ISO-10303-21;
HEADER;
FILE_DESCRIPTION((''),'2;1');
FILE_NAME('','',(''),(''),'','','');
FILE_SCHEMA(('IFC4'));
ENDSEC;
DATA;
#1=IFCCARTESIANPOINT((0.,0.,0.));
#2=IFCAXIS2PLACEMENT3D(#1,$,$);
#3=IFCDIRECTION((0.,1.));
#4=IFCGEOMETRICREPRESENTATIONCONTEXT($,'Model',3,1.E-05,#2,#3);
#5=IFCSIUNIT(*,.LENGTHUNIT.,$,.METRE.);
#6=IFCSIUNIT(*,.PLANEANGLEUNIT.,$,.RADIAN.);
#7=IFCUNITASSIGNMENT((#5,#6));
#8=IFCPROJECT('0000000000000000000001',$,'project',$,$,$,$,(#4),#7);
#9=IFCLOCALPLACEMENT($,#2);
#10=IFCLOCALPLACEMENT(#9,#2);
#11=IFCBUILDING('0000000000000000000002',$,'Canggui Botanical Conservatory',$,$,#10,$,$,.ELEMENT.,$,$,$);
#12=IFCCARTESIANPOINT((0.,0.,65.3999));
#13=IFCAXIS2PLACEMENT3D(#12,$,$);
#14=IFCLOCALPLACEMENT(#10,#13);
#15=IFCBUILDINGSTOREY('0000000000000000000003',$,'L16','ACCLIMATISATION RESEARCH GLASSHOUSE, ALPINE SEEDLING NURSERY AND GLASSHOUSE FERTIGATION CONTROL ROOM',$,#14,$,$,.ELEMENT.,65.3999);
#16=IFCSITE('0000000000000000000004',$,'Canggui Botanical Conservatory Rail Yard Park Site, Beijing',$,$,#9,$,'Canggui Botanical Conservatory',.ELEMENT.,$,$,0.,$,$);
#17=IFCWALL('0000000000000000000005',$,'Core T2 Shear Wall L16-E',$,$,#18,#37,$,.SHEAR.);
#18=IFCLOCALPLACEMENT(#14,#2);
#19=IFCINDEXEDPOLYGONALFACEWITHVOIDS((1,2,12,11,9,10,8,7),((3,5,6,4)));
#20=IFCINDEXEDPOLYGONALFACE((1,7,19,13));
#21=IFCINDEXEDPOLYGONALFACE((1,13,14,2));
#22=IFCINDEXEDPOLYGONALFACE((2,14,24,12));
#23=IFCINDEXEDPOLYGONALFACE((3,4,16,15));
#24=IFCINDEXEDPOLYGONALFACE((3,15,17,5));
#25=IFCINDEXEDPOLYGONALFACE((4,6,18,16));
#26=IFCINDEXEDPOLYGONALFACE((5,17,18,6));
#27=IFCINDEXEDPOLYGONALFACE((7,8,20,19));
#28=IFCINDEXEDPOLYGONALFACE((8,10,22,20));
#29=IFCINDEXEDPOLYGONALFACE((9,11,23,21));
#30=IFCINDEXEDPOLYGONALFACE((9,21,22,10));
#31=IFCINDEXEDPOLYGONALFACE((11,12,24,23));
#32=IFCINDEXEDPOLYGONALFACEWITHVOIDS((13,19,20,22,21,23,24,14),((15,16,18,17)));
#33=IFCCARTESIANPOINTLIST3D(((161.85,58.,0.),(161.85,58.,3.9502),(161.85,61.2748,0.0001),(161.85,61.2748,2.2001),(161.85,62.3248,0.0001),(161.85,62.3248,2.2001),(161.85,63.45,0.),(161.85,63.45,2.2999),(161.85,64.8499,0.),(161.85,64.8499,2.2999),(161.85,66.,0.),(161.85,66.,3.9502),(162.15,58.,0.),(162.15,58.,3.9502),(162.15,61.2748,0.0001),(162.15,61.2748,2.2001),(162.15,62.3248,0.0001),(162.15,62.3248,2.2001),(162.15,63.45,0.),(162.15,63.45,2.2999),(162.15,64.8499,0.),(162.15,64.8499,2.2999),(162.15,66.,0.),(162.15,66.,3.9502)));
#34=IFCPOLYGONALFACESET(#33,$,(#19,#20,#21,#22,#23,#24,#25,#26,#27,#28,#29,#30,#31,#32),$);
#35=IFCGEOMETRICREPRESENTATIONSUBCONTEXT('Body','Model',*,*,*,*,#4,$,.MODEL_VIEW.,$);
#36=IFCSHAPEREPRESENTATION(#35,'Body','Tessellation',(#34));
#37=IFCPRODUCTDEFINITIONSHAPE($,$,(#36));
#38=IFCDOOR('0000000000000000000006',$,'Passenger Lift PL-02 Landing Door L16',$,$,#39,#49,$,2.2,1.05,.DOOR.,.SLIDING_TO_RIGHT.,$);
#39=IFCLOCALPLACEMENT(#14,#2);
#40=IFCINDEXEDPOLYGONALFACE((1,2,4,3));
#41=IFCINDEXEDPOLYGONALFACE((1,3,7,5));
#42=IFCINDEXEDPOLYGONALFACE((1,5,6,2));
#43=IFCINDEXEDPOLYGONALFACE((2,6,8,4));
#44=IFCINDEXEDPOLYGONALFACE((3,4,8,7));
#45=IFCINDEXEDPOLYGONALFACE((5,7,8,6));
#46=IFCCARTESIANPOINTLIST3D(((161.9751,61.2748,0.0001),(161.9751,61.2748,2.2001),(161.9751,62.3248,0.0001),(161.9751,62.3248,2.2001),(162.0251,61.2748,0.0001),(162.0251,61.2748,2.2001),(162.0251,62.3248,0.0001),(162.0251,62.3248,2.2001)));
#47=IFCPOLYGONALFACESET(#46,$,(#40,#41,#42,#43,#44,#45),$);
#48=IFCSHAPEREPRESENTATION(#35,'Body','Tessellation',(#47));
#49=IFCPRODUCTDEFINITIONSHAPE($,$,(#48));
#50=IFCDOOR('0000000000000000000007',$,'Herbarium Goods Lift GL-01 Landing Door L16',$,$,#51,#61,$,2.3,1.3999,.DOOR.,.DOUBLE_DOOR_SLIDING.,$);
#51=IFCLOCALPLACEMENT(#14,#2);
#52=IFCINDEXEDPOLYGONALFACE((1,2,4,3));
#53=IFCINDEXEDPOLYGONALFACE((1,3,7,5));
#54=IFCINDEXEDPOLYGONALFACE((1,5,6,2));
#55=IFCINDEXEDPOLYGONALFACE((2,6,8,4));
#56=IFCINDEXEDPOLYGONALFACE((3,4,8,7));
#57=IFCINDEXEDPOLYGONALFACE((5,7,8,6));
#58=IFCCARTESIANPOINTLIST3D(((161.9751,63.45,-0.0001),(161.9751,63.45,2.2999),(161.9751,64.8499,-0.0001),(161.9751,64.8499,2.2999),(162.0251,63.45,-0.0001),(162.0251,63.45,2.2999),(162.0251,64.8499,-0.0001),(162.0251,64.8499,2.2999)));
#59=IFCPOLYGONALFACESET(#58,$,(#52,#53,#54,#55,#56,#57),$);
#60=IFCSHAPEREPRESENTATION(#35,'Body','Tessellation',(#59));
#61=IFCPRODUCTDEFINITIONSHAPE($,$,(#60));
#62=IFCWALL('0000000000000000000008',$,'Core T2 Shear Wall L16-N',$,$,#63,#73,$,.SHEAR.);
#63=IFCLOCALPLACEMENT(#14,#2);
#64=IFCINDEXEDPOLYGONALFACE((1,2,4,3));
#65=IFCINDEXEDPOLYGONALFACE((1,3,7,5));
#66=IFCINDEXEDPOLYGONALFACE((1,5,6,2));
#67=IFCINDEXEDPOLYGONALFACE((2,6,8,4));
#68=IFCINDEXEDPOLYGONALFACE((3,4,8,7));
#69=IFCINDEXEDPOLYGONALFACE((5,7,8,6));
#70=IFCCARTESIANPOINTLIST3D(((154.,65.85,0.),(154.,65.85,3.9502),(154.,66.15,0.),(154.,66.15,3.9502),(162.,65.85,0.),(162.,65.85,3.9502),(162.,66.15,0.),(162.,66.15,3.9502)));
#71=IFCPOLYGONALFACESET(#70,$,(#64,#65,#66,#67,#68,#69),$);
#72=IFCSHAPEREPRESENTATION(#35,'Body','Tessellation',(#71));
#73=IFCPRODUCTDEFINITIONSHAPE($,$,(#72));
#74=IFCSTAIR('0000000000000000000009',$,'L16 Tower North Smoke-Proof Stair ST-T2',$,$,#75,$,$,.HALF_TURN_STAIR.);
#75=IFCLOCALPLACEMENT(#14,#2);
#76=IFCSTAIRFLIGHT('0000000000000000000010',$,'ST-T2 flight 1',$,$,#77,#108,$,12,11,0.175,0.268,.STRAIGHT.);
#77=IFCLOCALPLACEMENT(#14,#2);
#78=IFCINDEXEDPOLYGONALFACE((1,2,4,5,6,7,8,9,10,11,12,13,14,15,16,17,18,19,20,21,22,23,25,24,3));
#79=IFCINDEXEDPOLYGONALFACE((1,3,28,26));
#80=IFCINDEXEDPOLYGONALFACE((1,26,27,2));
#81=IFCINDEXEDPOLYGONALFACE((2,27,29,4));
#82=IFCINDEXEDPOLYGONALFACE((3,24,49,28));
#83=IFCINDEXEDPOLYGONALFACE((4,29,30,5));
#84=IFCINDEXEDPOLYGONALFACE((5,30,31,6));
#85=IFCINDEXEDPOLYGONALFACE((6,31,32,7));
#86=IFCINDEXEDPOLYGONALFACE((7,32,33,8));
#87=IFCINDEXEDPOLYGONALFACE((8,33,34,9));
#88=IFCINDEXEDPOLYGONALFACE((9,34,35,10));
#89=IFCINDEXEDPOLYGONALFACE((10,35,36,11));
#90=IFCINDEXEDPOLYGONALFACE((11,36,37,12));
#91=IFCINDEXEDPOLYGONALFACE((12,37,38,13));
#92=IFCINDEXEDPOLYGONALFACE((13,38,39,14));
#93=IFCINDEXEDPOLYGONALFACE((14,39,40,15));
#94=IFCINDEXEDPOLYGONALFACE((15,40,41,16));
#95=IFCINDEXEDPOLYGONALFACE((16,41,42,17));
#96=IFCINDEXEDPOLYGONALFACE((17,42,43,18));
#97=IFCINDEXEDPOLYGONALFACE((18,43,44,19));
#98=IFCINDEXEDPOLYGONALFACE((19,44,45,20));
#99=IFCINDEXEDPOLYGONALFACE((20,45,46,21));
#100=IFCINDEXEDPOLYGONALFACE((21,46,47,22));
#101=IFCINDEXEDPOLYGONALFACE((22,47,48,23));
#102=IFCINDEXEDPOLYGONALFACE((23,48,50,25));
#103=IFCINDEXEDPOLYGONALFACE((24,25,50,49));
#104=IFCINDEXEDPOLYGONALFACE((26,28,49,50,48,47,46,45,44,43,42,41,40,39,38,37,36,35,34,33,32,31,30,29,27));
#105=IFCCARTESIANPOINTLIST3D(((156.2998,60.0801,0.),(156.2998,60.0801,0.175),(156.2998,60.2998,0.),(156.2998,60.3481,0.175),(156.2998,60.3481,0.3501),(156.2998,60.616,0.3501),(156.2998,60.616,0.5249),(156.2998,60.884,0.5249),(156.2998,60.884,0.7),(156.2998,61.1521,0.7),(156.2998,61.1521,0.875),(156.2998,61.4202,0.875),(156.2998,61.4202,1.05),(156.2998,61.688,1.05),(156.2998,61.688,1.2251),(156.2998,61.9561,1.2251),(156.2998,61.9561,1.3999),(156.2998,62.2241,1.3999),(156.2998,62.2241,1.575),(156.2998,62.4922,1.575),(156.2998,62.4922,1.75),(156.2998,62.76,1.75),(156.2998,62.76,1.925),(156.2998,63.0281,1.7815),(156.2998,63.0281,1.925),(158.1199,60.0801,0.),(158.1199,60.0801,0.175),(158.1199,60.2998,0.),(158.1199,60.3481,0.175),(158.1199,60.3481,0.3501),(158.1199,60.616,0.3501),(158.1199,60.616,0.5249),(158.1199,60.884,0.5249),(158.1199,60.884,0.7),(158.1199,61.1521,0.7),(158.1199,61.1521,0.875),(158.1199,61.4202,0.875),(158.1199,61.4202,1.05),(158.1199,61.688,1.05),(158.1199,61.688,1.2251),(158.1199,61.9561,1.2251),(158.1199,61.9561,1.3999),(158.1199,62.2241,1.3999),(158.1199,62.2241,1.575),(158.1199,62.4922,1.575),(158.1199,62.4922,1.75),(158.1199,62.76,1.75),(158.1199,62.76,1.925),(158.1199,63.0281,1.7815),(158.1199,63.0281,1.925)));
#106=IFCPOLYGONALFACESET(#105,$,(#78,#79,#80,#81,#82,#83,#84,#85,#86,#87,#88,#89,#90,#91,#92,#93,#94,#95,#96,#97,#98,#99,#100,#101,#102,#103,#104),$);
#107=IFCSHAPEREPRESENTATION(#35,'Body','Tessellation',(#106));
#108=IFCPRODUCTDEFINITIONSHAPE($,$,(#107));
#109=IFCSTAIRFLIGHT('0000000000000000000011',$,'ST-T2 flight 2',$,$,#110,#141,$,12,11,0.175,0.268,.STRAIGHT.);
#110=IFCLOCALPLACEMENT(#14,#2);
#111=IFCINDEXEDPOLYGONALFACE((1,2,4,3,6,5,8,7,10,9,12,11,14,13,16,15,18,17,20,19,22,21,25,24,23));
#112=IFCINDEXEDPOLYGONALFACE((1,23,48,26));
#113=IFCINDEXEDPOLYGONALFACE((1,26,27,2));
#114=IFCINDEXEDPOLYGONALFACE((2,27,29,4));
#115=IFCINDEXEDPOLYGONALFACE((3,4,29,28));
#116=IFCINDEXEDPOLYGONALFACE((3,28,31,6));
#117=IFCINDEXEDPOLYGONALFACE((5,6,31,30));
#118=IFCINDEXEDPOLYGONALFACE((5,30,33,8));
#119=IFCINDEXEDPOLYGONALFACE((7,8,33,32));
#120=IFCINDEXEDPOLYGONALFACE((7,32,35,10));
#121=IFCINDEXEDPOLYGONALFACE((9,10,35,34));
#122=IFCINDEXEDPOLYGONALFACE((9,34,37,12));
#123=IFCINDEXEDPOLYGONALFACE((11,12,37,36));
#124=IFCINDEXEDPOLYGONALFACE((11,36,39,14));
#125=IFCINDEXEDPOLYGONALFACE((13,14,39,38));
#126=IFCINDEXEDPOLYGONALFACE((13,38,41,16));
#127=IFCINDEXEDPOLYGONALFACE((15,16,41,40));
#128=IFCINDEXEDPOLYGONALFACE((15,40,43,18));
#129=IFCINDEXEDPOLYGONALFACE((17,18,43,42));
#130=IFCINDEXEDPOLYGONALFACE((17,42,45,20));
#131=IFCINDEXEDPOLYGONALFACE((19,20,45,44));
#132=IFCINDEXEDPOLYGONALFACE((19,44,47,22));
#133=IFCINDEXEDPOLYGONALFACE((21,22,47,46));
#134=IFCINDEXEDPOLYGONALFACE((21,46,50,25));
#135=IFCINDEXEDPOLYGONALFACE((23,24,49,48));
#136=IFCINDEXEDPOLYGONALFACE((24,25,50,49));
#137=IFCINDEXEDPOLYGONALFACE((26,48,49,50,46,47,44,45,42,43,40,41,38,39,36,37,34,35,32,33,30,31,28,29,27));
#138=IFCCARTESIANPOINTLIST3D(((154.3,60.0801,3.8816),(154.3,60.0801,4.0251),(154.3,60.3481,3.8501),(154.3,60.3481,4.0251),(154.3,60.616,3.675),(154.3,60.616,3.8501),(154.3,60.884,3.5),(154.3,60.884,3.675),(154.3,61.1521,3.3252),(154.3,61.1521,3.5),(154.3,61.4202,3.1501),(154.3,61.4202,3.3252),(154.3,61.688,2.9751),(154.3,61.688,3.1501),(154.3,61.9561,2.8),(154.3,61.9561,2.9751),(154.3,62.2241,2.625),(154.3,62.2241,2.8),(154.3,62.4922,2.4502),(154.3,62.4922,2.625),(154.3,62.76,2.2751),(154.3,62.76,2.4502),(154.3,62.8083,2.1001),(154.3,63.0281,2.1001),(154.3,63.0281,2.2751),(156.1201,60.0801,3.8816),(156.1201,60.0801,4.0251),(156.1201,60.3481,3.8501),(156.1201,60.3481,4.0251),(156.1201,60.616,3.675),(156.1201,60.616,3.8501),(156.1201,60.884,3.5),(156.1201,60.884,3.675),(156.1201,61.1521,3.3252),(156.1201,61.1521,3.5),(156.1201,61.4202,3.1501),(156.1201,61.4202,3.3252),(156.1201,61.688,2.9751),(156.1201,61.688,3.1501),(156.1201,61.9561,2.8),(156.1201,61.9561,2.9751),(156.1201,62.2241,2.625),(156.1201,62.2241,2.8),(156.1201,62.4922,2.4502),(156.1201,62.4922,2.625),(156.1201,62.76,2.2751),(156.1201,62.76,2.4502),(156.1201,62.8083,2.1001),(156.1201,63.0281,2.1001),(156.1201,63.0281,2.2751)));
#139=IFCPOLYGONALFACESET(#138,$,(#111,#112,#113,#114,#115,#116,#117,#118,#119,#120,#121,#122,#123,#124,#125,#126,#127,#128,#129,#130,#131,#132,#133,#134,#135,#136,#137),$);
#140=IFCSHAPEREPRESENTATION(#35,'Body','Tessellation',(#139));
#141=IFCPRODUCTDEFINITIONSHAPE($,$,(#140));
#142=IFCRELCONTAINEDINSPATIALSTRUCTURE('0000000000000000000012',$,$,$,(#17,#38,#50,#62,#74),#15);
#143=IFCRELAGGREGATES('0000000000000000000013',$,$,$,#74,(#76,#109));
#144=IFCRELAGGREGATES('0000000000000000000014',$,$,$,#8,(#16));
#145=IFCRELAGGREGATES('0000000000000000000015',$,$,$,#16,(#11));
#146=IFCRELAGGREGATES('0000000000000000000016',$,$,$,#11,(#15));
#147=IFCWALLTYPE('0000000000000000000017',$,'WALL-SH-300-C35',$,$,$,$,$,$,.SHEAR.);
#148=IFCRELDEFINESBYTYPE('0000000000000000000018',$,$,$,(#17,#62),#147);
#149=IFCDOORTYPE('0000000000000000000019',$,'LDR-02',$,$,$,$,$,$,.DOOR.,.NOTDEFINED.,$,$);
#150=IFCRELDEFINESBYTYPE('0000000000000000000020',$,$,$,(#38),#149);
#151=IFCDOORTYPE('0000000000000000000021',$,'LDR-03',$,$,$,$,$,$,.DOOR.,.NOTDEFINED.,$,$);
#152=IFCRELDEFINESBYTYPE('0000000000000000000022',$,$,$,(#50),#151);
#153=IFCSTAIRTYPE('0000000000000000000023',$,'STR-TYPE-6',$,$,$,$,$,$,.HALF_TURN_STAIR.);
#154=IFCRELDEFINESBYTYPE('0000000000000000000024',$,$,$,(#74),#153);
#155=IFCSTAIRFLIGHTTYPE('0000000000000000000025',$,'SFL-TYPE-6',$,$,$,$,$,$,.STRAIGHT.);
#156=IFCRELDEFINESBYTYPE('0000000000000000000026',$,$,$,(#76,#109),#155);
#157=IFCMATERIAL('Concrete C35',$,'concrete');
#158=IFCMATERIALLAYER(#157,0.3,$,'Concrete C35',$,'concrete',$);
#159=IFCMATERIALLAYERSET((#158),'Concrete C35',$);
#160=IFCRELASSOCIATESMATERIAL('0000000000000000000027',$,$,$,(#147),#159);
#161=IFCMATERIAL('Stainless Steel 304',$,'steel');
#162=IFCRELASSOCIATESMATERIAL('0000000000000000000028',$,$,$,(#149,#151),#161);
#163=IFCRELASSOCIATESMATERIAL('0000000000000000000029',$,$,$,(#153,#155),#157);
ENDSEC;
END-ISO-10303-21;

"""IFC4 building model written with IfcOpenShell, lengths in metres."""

from ifc_helpers import new_model, si_unit, direction, frame, frame_2d, origin, place, context, subcontext, project, spatial, polyline, rectangle, outline, extrude, material, layer, layer_set, type_object, element, fill, aggregate, save


model = new_model("IFC4")

# Units and contexts
model_context = context("Model", 3, precision=1e-05, world=origin(), true_north=direction((0.0, 1.0)))
body_context = subcontext(model_context, "Body", "Model", "MODEL_VIEW")
ifc_project = project(units=[si_unit("LENGTHUNIT", "METRE"), si_unit("PLANEANGLEUNIT", "RADIAN")], contexts=[model_context])

# Site, building, storey
site_placement = place(None, origin())
site = spatial("IfcSite", under=ifc_project, at=site_placement, Name="Canggui Botanical Conservatory Rail Yard Park Site, Beijing", LongName="Canggui Botanical Conservatory", CompositionType="ELEMENT", RefElevation=0.0)
building_placement = place(site_placement, origin())
building = spatial("IfcBuilding", under=site, at=building_placement, Name="Canggui Botanical Conservatory", CompositionType="ELEMENT")
storey_placement = place(building_placement, frame((0.0, 0.0, 65.3999)))
storey = spatial("IfcBuildingStorey", under=building, at=storey_placement, Name="L16", Description="ACCLIMATISATION RESEARCH GLASSHOUSE, ALPINE SEEDLING NURSERY AND GLASSHOUSE FERTIGATION CONTROL ROOM", CompositionType="ELEMENT", Elevation=65.3999)

# Shared definitions
ifc_material_1 = material(Name="Concrete C35", Category="concrete")

# Wall, openings, doors
ifc_layer_1 = layer(ifc_material_1, 0.3, Name="Concrete C35", Category="concrete")
ifc_layer_set_1 = layer_set([ifc_layer_1], Name="Concrete C35")
wall_type_1 = type_object("IfcWallType", Name="WALL-SH-300-C35", PredefinedType="SHEAR", material=ifc_layer_set_1)
wall_1_placement = place(storey_placement, frame((162.0, 58.0, 0.0), z_axis=(0.0, 0.0, 1.0), x_axis=(0.0, 1.0, 0.0)))
wall_1 = element("IfcWall", 1, at=wall_1_placement, inside=storey, type_object=wall_type_1, Name="Core T2 Shear Wall L16-E", PredefinedType="SHEAR", context=body_context, shape_type="SweptSolid", body=[
    extrude(rectangle(XDim=8.0, YDim=0.3, at=frame_2d((4.0, 0.0))), origin(), (0.0, 0.0, 1.0), 3.9502),
])
opening_1_placement = place(wall_1_placement, frame((3.2749, 0.0, 0.0)))
opening_1 = element("IfcOpeningElement", 2, at=opening_1_placement, cuts=wall_1, PredefinedType="OPENING", context=body_context, shape_type="SweptSolid", body=[
    extrude(rectangle(XDim=1.05, YDim=2.2, at=frame_2d((0.5249, 1.1001))), frame((0.0, 0.1602, 0.0), z_axis=(0.0, -1.0, 0.0), x_axis=(1.0, 0.0, 0.0)), (0.0, 0.0, 1.0), 0.3201),
])
opening_2_placement = place(wall_1_placement, frame((5.45, 0.0, 0.0)))
opening_2 = element("IfcOpeningElement", 3, at=opening_2_placement, cuts=wall_1, PredefinedType="OPENING", context=body_context, shape_type="SweptSolid", body=[
    extrude(rectangle(XDim=1.3999, YDim=2.3, at=frame_2d((0.7, 1.1499))), frame((0.0, 0.1602, 0.0), z_axis=(0.0, -1.0, 0.0), x_axis=(1.0, 0.0, 0.0)), (0.0, 0.0, 1.0), 0.3201),
])
ifc_material_2 = material(Name="Stainless Steel 304", Category="steel")
door_type_1 = type_object("IfcDoorType", Name="LDR-02", OperationType="NOTDEFINED", PredefinedType="DOOR", material=ifc_material_2)
door_1_placement = place(opening_1_placement, origin())
door_1 = element("IfcDoor", 4, at=door_1_placement, inside=storey, type_object=door_type_1, Name="Passenger Lift PL-02 Landing Door L16", OperationType="SLIDING_TO_RIGHT", OverallHeight=2.2, OverallWidth=1.05, PredefinedType="DOOR", context=body_context, shape_type="SweptSolid", body=[
    extrude(rectangle(XDim=1.05, YDim=2.2, at=frame_2d((0.5249, 1.1001))), frame((0.0, 0.0249, 0.0), z_axis=(0.0, -1.0, 0.0), x_axis=(1.0, 0.0, 0.0)), (0.0, 0.0, 1.0), 0.05),
])
fill(opening_1, door_1)
door_type_2 = type_object("IfcDoorType", Name="LDR-03", OperationType="NOTDEFINED", PredefinedType="DOOR", material=ifc_material_2)
door_2_placement = place(opening_2_placement, origin())
door_2 = element("IfcDoor", 5, at=door_2_placement, inside=storey, type_object=door_type_2, Name="Herbarium Goods Lift GL-01 Landing Door L16", OperationType="DOUBLE_DOOR_SLIDING", OverallHeight=2.3, OverallWidth=1.3999, PredefinedType="DOOR", context=body_context, shape_type="SweptSolid", body=[
    extrude(rectangle(XDim=1.3999, YDim=2.3, at=frame_2d((0.7, 1.1499))), frame((0.0, 0.0249, 0.0), z_axis=(0.0, -1.0, 0.0), x_axis=(1.0, 0.0, 0.0)), (0.0, 0.0, 1.0), 0.05),
])
fill(opening_2, door_2)

# Wall
wall_2_placement = place(storey_placement, frame((162.0, 66.0, 0.0), z_axis=(0.0, 0.0, 1.0), x_axis=(-1.0, 0.0, 0.0)))
element("IfcWall", 6, at=wall_2_placement, inside=storey, type_object=wall_type_1, Name="Core T2 Shear Wall L16-N", PredefinedType="SHEAR", context=body_context, shape_type="SweptSolid", body=[
    extrude(rectangle(XDim=8.0, YDim=0.3, at=frame_2d((4.0, 0.0))), origin(), (0.0, 0.0, 1.0), 3.9502),
])

# Stair, stair flights
stair_type = type_object("IfcStairType", Name="STR-TYPE-6", PredefinedType="HALF_TURN_STAIR", material=ifc_material_1)
stair_placement = place(storey_placement, origin())
stair = element("IfcStair", 7, at=stair_placement, inside=storey, type_object=stair_type, Name="L16 Tower North Smoke-Proof Stair ST-T2", PredefinedType="HALF_TURN_STAIR")
stair_flight_type = type_object("IfcStairFlightType", Name="SFL-TYPE-6", PredefinedType="STRAIGHT", material=ifc_material_1)
stair_flight_1_placement = place(storey_placement, frame((157.21, 60.0801, 0.0), z_axis=(0.0, 0.0, 1.0), x_axis=(0.0, 1.0, 0.0)))
stair_flight_1 = element("IfcStairFlight", 8, at=stair_flight_1_placement, type_object=stair_flight_type, Name="ST-T2 flight 1", NumberOfRisers=12, NumberOfTreads=11, PredefinedType="STRAIGHT", RiserHeight=0.175, TreadLength=0.268, context=body_context, shape_type="SweptSolid", body=[
    extrude(outline(polyline([(0.0, 0.0), (0.0, 0.175), (0.2681, 0.175), (0.2681, 0.3501), (0.5359, 0.3501), (0.5359, 0.5249), (0.804, 0.5249), (0.804, 0.7), (1.072, 0.7), (1.072, 0.875), (1.3401, 0.875), (1.3401, 1.05), (1.6079, 1.05), (1.6079, 1.2251), (1.876, 1.2251), (1.876, 1.3999), (2.144, 1.3999), (2.144, 1.575), (2.4121, 1.575), (2.4121, 1.75), (2.6799, 1.75), (2.6799, 1.925), (2.948, 1.925), (2.948, 2.1001), (2.948, 1.7815), (0.2197, 0.0), (0.0, 0.0)])), frame((0.0, 0.9102, 0.0), z_axis=(0.0, -1.0, 0.0), x_axis=(1.0, 0.0, 0.0)), (0.0, 0.0, 1.0), 1.8201),
])
stair_flight_2_placement = place(storey_placement, frame((155.21, 63.0281, 2.1001), z_axis=(0.0, 0.0, 1.0), x_axis=(0.0, -1.0, 0.0)))
stair_flight_2 = element("IfcStairFlight", 9, at=stair_flight_2_placement, type_object=stair_flight_type, Name="ST-T2 flight 2", NumberOfRisers=12, NumberOfTreads=11, PredefinedType="STRAIGHT", RiserHeight=0.175, TreadLength=0.268, context=body_context, shape_type="SweptSolid", body=[
    extrude(outline(polyline([(0.0, 0.0), (0.0, 0.175), (0.2681, 0.175), (0.2681, 0.3501), (0.5359, 0.3501), (0.5359, 0.5249), (0.804, 0.5249), (0.804, 0.7), (1.072, 0.7), (1.072, 0.875), (1.3401, 0.875), (1.3401, 1.05), (1.6079, 1.05), (1.6079, 1.2251), (1.876, 1.2251), (1.876, 1.3999), (2.144, 1.3999), (2.144, 1.575), (2.4121, 1.575), (2.4121, 1.75), (2.6799, 1.75), (2.6799, 1.925), (2.948, 1.925), (2.948, 2.1001), (2.948, 1.7815), (0.2197, 0.0), (0.0, 0.0)])), frame((0.0, 0.9102, 0.0), z_axis=(0.0, -1.0, 0.0), x_axis=(1.0, 0.0, 0.0)), (0.0, 0.0, 1.0), 1.8201),
])
aggregate(stair, [stair_flight_1, stair_flight_2])

save(model, "model.ifc")
